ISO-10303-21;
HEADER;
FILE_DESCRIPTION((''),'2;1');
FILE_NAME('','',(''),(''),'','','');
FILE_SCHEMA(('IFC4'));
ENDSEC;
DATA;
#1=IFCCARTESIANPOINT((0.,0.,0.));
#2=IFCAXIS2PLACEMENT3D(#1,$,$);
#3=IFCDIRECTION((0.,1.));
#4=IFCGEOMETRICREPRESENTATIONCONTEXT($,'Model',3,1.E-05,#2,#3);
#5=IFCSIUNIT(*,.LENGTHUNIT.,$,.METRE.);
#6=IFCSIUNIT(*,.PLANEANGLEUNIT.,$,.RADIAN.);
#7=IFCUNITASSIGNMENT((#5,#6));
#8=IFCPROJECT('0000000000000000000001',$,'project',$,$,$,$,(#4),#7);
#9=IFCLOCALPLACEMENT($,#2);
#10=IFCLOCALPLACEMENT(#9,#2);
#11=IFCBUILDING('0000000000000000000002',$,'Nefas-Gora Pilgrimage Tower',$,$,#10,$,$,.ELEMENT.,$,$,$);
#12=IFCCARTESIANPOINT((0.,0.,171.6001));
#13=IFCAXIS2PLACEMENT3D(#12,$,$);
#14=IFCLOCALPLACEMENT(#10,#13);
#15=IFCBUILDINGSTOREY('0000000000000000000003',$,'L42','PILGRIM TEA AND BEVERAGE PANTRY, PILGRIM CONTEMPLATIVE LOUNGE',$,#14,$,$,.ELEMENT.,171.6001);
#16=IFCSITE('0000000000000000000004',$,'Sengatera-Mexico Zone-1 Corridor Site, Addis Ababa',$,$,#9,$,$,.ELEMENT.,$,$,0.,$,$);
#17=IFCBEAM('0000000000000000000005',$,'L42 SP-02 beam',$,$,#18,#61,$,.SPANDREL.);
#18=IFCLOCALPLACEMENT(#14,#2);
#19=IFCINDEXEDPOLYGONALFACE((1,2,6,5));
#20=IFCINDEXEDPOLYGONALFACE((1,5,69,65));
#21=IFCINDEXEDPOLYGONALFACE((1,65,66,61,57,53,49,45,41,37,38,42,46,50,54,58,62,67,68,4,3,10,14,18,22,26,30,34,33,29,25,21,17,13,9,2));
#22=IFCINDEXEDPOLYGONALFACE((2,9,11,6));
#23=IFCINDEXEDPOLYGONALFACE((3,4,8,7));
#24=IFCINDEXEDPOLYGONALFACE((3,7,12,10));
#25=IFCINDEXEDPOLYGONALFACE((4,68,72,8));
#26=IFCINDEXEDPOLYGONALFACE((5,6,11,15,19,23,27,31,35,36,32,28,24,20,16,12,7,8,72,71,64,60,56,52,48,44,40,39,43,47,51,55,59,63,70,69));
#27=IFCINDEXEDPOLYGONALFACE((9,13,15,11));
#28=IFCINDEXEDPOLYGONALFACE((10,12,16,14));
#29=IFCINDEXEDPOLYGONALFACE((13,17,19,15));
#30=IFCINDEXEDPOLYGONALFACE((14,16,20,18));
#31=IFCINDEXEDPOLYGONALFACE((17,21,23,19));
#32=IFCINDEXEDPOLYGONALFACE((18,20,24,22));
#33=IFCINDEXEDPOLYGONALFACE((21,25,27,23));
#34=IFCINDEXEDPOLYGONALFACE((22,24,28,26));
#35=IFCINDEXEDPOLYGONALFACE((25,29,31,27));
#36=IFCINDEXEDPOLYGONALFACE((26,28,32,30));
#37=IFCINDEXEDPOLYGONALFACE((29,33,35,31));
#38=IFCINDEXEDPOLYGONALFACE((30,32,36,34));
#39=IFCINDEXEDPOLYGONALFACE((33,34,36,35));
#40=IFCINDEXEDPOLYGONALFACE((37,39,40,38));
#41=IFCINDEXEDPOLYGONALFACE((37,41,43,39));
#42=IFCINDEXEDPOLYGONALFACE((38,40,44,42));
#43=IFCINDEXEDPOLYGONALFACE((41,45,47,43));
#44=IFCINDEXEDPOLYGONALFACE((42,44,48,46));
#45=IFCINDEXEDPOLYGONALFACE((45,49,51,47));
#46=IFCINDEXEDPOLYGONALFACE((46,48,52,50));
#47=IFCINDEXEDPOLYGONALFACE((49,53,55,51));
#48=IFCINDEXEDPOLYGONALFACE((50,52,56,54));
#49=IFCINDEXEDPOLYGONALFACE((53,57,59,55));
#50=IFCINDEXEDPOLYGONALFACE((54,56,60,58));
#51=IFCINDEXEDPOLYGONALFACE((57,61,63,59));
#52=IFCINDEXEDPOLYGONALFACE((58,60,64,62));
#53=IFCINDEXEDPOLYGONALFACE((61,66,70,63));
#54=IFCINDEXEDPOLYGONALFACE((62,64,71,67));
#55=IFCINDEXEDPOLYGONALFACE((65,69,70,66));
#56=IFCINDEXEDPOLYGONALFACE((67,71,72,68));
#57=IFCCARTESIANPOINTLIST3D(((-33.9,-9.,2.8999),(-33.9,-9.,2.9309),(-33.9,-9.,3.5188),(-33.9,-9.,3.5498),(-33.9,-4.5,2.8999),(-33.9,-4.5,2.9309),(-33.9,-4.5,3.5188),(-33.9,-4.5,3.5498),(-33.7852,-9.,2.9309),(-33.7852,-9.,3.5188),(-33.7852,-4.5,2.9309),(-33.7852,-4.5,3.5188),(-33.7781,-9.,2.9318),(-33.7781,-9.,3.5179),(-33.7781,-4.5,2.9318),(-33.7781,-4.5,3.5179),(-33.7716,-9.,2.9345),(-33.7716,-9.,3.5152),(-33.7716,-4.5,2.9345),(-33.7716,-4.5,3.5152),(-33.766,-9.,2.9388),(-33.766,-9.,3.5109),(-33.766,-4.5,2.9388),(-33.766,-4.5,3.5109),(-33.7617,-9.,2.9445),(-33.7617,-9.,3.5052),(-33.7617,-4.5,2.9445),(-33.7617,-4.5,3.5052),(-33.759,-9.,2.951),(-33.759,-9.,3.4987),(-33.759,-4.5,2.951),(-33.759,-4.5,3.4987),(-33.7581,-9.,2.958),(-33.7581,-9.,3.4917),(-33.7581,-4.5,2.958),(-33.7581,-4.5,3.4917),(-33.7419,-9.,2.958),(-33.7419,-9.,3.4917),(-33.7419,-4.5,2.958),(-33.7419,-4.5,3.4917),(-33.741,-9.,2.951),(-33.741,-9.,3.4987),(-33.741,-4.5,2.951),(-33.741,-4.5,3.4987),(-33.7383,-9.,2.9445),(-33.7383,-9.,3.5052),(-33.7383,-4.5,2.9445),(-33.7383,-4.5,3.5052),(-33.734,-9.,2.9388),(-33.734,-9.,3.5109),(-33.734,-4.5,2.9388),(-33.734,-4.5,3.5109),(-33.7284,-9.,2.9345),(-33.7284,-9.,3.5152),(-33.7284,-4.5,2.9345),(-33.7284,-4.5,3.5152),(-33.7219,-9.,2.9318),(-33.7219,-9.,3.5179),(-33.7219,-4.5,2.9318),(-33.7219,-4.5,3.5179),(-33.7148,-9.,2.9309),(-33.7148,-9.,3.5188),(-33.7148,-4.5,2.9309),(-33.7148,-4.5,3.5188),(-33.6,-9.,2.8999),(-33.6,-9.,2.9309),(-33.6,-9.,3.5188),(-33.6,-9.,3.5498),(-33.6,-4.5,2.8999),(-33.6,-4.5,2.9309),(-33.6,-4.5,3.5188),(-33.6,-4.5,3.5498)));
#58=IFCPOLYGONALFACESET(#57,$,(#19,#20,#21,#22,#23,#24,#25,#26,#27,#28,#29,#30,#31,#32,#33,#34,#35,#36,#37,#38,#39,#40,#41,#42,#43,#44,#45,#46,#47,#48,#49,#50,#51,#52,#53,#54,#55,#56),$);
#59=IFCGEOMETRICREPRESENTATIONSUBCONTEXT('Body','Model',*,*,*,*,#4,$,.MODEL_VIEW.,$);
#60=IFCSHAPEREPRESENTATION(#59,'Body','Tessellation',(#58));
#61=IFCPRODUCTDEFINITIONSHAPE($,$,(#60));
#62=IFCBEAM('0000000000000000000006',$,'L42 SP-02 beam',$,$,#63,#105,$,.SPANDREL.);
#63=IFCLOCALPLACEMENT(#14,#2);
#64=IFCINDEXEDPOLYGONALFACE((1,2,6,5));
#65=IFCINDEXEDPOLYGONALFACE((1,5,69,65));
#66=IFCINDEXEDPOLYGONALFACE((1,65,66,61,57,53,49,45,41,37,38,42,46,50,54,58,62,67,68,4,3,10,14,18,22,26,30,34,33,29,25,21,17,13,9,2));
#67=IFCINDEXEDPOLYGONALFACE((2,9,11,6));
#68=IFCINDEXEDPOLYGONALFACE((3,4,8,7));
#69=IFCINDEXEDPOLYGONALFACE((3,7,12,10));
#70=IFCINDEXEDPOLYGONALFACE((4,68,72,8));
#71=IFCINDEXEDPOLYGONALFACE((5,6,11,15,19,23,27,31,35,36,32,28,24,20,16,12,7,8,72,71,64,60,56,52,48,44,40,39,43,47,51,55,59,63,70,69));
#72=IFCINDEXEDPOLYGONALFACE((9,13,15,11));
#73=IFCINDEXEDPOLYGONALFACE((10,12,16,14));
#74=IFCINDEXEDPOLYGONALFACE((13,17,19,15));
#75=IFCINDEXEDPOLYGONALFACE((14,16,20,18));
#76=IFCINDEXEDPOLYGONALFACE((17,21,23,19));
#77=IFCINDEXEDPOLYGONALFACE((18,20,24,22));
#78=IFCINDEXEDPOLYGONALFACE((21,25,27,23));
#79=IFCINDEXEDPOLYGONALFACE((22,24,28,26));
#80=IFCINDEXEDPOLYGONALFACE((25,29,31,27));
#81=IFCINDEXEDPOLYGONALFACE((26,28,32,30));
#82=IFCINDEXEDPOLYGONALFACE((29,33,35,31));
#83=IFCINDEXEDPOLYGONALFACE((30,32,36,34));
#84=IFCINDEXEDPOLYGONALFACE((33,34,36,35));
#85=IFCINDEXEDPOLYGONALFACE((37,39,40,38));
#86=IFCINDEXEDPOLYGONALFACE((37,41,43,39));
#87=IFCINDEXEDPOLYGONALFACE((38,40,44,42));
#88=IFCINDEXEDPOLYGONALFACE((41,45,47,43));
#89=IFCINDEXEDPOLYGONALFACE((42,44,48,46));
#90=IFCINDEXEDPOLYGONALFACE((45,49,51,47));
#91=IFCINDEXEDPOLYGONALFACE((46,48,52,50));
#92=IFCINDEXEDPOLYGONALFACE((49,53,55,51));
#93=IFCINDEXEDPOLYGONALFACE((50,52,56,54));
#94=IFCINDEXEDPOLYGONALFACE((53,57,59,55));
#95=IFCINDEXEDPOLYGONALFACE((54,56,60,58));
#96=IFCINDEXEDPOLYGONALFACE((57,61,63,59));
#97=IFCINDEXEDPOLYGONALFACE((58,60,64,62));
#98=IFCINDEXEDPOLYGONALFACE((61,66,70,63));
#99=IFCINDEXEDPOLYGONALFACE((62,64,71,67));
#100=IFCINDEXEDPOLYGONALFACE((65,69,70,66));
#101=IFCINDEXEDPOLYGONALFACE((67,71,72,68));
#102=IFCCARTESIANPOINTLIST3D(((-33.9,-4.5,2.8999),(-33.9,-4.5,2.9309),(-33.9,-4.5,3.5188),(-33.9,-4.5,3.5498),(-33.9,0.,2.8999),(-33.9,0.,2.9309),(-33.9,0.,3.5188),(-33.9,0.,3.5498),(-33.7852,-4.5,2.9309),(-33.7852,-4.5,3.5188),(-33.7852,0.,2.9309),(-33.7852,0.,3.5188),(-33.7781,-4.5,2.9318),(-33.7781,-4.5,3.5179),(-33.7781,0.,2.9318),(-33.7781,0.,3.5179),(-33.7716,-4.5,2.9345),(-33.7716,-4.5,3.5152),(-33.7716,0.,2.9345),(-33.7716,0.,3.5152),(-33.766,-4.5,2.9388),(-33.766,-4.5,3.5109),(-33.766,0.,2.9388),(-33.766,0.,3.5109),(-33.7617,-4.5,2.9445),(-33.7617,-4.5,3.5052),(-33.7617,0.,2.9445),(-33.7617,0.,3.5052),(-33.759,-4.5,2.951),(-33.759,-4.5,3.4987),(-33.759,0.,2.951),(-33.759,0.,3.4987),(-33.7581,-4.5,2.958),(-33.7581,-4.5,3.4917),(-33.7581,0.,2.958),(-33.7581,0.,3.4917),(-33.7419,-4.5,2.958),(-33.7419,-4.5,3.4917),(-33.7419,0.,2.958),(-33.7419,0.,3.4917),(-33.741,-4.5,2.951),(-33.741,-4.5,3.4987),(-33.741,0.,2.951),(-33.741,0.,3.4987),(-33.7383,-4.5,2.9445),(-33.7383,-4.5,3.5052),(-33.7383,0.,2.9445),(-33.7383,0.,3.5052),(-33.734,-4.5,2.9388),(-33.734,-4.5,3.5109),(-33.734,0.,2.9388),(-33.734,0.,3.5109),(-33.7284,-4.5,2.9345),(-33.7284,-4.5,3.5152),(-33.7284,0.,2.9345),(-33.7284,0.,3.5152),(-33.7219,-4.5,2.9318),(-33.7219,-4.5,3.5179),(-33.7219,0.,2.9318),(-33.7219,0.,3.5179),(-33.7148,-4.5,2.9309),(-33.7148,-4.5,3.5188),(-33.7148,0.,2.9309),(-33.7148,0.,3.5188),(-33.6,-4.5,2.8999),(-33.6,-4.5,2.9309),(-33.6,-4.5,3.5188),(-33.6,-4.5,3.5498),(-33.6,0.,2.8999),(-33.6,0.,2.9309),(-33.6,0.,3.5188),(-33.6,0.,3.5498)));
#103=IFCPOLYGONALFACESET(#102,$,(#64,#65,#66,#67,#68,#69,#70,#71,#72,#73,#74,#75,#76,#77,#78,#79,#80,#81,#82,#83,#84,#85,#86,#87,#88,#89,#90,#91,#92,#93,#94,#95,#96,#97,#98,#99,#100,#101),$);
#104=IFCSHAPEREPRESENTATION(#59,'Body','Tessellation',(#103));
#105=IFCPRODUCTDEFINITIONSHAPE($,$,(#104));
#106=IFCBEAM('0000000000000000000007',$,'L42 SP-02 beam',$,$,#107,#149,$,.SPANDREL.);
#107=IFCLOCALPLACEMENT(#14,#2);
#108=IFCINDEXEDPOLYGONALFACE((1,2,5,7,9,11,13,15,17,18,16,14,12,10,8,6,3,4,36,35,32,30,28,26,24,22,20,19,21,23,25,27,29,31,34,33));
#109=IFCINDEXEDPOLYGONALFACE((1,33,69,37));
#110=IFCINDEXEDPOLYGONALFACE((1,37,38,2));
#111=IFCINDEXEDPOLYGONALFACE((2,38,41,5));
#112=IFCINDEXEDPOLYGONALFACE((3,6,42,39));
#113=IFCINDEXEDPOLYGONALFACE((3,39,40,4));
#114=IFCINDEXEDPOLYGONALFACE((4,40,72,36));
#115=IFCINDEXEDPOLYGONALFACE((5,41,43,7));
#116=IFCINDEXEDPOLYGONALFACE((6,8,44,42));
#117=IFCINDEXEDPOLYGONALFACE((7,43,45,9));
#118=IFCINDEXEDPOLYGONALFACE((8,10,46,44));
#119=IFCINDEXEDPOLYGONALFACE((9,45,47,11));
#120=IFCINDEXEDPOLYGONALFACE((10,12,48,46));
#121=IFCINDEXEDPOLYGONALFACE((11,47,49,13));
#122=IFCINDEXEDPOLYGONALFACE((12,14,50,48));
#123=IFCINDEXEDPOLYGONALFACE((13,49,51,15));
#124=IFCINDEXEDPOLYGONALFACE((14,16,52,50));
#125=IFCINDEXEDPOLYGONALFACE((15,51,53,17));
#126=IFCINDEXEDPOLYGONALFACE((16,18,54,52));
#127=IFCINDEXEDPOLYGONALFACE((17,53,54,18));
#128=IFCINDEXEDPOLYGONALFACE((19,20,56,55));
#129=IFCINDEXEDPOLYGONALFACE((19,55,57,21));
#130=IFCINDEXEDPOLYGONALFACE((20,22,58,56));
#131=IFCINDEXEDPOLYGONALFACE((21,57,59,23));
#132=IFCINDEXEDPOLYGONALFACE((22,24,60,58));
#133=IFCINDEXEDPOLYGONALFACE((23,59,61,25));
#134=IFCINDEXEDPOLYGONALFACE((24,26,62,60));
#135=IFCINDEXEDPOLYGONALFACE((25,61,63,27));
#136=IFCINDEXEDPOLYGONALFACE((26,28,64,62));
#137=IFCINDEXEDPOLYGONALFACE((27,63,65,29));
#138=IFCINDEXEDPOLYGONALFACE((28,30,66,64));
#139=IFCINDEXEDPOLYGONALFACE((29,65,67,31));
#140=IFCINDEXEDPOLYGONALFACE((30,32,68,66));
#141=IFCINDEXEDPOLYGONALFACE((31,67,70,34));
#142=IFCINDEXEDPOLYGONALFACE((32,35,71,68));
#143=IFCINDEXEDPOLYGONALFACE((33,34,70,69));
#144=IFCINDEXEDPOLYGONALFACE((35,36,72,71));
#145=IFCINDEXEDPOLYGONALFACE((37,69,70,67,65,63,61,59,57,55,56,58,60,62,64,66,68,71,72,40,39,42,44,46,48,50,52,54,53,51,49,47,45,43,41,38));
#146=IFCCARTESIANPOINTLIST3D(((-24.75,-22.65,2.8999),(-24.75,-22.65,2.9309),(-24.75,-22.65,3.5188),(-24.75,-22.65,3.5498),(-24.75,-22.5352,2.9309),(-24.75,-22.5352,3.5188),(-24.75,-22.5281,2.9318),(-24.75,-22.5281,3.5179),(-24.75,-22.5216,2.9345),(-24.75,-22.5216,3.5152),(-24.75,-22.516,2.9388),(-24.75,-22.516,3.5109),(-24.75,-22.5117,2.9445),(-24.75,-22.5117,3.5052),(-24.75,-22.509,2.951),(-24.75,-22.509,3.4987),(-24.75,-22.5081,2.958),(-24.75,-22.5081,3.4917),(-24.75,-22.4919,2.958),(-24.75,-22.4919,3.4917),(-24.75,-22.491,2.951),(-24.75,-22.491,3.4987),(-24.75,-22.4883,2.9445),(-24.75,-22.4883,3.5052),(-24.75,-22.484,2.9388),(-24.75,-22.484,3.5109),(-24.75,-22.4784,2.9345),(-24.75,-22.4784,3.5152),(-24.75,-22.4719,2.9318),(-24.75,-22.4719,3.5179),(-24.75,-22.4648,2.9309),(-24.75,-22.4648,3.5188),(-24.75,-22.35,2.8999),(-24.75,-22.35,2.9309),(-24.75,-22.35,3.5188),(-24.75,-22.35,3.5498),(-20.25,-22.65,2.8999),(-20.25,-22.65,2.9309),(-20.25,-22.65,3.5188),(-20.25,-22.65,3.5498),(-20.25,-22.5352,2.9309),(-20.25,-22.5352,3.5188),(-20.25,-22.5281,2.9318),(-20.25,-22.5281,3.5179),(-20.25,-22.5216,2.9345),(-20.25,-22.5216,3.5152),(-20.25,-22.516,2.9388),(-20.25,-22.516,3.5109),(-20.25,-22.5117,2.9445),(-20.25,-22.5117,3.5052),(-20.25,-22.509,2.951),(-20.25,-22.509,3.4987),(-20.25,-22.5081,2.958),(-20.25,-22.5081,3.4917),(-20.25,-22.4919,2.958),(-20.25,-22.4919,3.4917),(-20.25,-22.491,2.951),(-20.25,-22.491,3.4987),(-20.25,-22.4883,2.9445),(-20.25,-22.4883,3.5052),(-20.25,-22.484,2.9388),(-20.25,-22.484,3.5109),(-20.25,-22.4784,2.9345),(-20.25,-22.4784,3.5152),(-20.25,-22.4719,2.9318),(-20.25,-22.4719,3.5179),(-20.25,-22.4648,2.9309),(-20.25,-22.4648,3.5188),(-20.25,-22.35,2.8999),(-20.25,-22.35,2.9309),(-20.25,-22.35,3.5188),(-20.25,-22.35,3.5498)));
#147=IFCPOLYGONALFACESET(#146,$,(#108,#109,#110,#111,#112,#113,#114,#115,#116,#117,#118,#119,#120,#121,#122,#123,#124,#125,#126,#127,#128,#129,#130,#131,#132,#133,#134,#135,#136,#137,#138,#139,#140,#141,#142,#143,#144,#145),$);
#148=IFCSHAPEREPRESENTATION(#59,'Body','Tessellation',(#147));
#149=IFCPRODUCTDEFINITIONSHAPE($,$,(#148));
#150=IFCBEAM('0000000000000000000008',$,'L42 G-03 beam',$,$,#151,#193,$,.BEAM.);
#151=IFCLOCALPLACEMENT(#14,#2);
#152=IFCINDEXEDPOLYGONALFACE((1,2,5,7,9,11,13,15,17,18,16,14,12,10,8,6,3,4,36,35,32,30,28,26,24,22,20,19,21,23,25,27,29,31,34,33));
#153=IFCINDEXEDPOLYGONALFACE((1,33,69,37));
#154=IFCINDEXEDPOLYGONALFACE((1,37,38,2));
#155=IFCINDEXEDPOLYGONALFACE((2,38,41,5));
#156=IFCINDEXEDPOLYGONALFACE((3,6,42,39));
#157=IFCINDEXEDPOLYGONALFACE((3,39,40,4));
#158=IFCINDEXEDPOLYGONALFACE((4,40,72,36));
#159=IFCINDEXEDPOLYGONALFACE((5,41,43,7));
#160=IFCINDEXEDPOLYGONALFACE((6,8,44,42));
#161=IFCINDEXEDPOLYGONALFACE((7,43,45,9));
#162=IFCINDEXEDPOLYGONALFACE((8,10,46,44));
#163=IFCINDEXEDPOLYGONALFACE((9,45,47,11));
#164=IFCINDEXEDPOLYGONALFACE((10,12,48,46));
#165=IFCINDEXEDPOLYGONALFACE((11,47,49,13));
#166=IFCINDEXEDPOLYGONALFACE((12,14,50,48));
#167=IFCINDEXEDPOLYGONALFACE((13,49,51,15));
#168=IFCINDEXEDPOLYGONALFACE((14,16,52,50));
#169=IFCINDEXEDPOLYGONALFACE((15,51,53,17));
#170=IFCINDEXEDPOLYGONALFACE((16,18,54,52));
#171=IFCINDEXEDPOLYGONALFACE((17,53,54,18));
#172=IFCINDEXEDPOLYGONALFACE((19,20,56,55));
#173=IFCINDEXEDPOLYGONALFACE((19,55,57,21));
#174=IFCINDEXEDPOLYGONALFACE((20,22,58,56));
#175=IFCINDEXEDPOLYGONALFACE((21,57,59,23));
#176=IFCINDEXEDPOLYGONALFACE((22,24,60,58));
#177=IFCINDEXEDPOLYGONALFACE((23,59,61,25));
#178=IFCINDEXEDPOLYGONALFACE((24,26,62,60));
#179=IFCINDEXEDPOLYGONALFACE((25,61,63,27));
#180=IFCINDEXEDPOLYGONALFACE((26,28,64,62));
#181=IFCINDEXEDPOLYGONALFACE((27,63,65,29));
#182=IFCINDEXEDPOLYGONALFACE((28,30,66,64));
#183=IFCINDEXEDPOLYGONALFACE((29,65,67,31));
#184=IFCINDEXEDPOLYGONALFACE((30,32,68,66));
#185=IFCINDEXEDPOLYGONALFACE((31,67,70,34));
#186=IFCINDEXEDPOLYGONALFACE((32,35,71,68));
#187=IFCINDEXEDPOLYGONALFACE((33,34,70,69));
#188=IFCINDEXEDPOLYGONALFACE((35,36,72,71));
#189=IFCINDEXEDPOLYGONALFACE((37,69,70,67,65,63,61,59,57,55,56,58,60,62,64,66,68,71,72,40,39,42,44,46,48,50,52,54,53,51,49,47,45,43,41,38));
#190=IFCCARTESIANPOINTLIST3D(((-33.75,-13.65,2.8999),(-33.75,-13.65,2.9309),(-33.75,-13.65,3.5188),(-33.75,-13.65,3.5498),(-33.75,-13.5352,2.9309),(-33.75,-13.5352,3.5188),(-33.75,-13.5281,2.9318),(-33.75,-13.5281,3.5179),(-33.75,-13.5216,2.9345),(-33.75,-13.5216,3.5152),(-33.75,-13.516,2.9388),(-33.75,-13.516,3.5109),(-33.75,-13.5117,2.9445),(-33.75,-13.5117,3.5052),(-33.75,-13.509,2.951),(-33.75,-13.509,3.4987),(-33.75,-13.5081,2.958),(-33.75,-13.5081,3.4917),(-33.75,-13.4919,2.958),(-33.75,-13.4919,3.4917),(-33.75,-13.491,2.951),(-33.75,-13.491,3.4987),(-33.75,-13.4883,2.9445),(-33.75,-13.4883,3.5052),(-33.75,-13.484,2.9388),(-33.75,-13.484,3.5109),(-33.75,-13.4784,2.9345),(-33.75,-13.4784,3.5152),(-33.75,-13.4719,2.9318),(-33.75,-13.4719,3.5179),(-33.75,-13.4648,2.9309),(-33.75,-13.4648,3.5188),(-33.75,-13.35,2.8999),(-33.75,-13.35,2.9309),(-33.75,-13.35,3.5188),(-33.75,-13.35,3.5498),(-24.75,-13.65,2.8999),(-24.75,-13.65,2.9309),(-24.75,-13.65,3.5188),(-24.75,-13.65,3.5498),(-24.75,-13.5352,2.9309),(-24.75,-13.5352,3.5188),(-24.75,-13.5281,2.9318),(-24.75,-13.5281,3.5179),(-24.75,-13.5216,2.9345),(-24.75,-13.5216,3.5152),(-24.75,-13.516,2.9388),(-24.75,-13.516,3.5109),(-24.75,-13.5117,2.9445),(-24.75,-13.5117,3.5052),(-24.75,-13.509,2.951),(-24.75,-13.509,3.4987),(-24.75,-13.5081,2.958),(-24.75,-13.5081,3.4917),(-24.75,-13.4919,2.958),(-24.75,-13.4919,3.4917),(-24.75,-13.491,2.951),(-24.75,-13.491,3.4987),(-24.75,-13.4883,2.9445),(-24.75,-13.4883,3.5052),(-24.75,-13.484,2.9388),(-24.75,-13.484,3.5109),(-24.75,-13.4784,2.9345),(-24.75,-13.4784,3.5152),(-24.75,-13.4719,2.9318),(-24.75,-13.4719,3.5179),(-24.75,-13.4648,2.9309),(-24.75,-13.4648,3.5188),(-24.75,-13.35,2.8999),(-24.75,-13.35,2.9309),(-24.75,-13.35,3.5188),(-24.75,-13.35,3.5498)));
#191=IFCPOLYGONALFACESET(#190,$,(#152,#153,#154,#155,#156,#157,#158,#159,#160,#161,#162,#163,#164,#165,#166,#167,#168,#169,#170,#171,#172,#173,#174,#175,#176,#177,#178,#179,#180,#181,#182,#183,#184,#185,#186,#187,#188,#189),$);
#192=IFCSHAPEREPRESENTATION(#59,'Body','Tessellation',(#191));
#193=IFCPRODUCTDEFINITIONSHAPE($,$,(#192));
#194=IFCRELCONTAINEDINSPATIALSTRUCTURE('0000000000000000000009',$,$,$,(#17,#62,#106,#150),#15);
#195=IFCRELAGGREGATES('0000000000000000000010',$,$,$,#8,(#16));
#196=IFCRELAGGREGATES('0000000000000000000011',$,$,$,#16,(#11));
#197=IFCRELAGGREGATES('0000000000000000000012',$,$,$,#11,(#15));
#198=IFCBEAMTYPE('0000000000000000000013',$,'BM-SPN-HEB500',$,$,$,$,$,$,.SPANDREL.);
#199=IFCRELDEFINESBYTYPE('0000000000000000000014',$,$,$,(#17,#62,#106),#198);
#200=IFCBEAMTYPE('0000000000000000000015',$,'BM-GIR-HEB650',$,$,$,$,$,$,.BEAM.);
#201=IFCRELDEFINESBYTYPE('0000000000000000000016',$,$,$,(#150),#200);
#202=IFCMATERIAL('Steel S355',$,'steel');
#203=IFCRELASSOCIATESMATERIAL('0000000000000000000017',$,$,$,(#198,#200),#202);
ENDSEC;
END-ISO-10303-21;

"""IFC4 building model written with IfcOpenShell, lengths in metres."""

from ifc_helpers import new_model, si_unit, direction, frame, origin, origin_2d, place, context, subcontext, project, spatial, i_section, extrude, source, transform, mapped, material, material_profile, profile_set, type_object, element, save


model = new_model("IFC4")

# Units and contexts
model_context = context("Model", 3, precision=1e-05, world=origin(), true_north=direction((0.0, 1.0)))
body_context = subcontext(model_context, "Body", "Model", "MODEL_VIEW")
ifc_project = project(units=[si_unit("LENGTHUNIT", "METRE"), si_unit("PLANEANGLEUNIT", "RADIAN")], contexts=[model_context])

# Site, building, storey
site_placement = place(None, origin())
site = spatial("IfcSite", under=ifc_project, at=site_placement, Name="Sengatera-Mexico Zone-1 Corridor Site, Addis Ababa", CompositionType="ELEMENT", RefElevation=0.0)
building_placement = place(site_placement, origin())
building = spatial("IfcBuilding", under=site, at=building_placement, Name="Nefas-Gora Pilgrimage Tower", CompositionType="ELEMENT")
storey_placement = place(building_placement, frame((0.0, 0.0, 171.6001)))
storey = spatial("IfcBuildingStorey", under=building, at=storey_placement, Name="L42", Description="PILGRIM TEA AND BEVERAGE PANTRY, PILGRIM CONTEMPLATIVE LOUNGE", CompositionType="ELEMENT", Elevation=171.6001)

# Beams
ifc_material_1 = material(Name="Steel S355", Category="steel")
ifc_material_profile_1 = material_profile(ifc_material_1, i_section(OverallWidth=0.3, OverallDepth=0.6499, WebThickness=0.0161, FlangeThickness=0.031, FilletRadius=0.0271, at=origin_2d()), Name="HEB 650")
ifc_profile_set_1 = profile_set([ifc_material_profile_1], Name="Steel S355")
beam_type_1 = type_object("IfcBeamType", Name="BM-SPN-HEB500", PredefinedType="SPANDREL", material=ifc_profile_set_1)
shared_shape_1 = source(origin(), body_context, "Body", "SweptSolid", [
    extrude(i_section(OverallWidth=0.3, OverallDepth=0.6499, WebThickness=0.0161, FlangeThickness=0.031, FilletRadius=0.0271, at=origin_2d()), origin(), (0.0, 0.0, 1.0), 4.5),
])
for number, where, z_axis, x_axis, name in (
    (1, (-33.75, -9.0, 3.2249), (0.0, 1.0, 0.0), (-1.0, 0.0, 0.0), "L42 SP-02 beam"),
    (2, (-33.75, -4.5, 3.2249), (0.0, 1.0, 0.0), (-1.0, 0.0, 0.0), "L42 SP-02 beam"),
    (3, (-24.75, -22.5, 3.2249), (1.0, 0.0, 0.0), (0.0, 1.0, 0.0), "L42 SP-02 beam"),
):
    element("IfcBeam", number, at=place(storey_placement, frame(where, z_axis=z_axis, x_axis=x_axis)), inside=storey, type_object=beam_type_1, Name=name, PredefinedType="SPANDREL", context=body_context, shape_type="MappedRepresentation", body=[
        mapped(shared_shape_1, transform((0.0, 0.0, 0.0), x_axis=(1.0, 0.0, 0.0), y_axis=(0.0, 1.0, 0.0), z_axis=(0.0, 0.0, 1.0), scale=1.0)),
    ])
ifc_material_profile_2 = material_profile(ifc_material_1, i_section(OverallWidth=0.3, OverallDepth=0.6499, WebThickness=0.0161, FlangeThickness=0.031, FilletRadius=0.0271, at=origin_2d()), Name="HEB 650")
ifc_profile_set_2 = profile_set([ifc_material_profile_2], Name="Steel S355")
beam_type_2 = type_object("IfcBeamType", Name="BM-GIR-HEB650", PredefinedType="BEAM", material=ifc_profile_set_2)
shared_shape_2 = source(origin(), body_context, "Body", "SweptSolid", [
    extrude(i_section(OverallWidth=0.3, OverallDepth=0.6499, WebThickness=0.0161, FlangeThickness=0.031, FilletRadius=0.0271, at=origin_2d()), origin(), (0.0, 0.0, 1.0), 9.0),
])
for number, where, z_axis, x_axis, name in (
    (4, (-33.75, -13.5, 3.2249), (1.0, 0.0, 0.0), (0.0, 1.0, 0.0), "L42 G-03 beam"),
):
    element("IfcBeam", number, at=place(storey_placement, frame(where, z_axis=z_axis, x_axis=x_axis)), inside=storey, type_object=beam_type_2, Name=name, PredefinedType="BEAM", context=body_context, shape_type="MappedRepresentation", body=[
        mapped(shared_shape_2, transform((0.0, 0.0, 0.0), x_axis=(1.0, 0.0, 0.0), y_axis=(0.0, 1.0, 0.0), z_axis=(0.0, 0.0, 1.0), scale=1.0)),
    ])

save(model, "model.ifc")
